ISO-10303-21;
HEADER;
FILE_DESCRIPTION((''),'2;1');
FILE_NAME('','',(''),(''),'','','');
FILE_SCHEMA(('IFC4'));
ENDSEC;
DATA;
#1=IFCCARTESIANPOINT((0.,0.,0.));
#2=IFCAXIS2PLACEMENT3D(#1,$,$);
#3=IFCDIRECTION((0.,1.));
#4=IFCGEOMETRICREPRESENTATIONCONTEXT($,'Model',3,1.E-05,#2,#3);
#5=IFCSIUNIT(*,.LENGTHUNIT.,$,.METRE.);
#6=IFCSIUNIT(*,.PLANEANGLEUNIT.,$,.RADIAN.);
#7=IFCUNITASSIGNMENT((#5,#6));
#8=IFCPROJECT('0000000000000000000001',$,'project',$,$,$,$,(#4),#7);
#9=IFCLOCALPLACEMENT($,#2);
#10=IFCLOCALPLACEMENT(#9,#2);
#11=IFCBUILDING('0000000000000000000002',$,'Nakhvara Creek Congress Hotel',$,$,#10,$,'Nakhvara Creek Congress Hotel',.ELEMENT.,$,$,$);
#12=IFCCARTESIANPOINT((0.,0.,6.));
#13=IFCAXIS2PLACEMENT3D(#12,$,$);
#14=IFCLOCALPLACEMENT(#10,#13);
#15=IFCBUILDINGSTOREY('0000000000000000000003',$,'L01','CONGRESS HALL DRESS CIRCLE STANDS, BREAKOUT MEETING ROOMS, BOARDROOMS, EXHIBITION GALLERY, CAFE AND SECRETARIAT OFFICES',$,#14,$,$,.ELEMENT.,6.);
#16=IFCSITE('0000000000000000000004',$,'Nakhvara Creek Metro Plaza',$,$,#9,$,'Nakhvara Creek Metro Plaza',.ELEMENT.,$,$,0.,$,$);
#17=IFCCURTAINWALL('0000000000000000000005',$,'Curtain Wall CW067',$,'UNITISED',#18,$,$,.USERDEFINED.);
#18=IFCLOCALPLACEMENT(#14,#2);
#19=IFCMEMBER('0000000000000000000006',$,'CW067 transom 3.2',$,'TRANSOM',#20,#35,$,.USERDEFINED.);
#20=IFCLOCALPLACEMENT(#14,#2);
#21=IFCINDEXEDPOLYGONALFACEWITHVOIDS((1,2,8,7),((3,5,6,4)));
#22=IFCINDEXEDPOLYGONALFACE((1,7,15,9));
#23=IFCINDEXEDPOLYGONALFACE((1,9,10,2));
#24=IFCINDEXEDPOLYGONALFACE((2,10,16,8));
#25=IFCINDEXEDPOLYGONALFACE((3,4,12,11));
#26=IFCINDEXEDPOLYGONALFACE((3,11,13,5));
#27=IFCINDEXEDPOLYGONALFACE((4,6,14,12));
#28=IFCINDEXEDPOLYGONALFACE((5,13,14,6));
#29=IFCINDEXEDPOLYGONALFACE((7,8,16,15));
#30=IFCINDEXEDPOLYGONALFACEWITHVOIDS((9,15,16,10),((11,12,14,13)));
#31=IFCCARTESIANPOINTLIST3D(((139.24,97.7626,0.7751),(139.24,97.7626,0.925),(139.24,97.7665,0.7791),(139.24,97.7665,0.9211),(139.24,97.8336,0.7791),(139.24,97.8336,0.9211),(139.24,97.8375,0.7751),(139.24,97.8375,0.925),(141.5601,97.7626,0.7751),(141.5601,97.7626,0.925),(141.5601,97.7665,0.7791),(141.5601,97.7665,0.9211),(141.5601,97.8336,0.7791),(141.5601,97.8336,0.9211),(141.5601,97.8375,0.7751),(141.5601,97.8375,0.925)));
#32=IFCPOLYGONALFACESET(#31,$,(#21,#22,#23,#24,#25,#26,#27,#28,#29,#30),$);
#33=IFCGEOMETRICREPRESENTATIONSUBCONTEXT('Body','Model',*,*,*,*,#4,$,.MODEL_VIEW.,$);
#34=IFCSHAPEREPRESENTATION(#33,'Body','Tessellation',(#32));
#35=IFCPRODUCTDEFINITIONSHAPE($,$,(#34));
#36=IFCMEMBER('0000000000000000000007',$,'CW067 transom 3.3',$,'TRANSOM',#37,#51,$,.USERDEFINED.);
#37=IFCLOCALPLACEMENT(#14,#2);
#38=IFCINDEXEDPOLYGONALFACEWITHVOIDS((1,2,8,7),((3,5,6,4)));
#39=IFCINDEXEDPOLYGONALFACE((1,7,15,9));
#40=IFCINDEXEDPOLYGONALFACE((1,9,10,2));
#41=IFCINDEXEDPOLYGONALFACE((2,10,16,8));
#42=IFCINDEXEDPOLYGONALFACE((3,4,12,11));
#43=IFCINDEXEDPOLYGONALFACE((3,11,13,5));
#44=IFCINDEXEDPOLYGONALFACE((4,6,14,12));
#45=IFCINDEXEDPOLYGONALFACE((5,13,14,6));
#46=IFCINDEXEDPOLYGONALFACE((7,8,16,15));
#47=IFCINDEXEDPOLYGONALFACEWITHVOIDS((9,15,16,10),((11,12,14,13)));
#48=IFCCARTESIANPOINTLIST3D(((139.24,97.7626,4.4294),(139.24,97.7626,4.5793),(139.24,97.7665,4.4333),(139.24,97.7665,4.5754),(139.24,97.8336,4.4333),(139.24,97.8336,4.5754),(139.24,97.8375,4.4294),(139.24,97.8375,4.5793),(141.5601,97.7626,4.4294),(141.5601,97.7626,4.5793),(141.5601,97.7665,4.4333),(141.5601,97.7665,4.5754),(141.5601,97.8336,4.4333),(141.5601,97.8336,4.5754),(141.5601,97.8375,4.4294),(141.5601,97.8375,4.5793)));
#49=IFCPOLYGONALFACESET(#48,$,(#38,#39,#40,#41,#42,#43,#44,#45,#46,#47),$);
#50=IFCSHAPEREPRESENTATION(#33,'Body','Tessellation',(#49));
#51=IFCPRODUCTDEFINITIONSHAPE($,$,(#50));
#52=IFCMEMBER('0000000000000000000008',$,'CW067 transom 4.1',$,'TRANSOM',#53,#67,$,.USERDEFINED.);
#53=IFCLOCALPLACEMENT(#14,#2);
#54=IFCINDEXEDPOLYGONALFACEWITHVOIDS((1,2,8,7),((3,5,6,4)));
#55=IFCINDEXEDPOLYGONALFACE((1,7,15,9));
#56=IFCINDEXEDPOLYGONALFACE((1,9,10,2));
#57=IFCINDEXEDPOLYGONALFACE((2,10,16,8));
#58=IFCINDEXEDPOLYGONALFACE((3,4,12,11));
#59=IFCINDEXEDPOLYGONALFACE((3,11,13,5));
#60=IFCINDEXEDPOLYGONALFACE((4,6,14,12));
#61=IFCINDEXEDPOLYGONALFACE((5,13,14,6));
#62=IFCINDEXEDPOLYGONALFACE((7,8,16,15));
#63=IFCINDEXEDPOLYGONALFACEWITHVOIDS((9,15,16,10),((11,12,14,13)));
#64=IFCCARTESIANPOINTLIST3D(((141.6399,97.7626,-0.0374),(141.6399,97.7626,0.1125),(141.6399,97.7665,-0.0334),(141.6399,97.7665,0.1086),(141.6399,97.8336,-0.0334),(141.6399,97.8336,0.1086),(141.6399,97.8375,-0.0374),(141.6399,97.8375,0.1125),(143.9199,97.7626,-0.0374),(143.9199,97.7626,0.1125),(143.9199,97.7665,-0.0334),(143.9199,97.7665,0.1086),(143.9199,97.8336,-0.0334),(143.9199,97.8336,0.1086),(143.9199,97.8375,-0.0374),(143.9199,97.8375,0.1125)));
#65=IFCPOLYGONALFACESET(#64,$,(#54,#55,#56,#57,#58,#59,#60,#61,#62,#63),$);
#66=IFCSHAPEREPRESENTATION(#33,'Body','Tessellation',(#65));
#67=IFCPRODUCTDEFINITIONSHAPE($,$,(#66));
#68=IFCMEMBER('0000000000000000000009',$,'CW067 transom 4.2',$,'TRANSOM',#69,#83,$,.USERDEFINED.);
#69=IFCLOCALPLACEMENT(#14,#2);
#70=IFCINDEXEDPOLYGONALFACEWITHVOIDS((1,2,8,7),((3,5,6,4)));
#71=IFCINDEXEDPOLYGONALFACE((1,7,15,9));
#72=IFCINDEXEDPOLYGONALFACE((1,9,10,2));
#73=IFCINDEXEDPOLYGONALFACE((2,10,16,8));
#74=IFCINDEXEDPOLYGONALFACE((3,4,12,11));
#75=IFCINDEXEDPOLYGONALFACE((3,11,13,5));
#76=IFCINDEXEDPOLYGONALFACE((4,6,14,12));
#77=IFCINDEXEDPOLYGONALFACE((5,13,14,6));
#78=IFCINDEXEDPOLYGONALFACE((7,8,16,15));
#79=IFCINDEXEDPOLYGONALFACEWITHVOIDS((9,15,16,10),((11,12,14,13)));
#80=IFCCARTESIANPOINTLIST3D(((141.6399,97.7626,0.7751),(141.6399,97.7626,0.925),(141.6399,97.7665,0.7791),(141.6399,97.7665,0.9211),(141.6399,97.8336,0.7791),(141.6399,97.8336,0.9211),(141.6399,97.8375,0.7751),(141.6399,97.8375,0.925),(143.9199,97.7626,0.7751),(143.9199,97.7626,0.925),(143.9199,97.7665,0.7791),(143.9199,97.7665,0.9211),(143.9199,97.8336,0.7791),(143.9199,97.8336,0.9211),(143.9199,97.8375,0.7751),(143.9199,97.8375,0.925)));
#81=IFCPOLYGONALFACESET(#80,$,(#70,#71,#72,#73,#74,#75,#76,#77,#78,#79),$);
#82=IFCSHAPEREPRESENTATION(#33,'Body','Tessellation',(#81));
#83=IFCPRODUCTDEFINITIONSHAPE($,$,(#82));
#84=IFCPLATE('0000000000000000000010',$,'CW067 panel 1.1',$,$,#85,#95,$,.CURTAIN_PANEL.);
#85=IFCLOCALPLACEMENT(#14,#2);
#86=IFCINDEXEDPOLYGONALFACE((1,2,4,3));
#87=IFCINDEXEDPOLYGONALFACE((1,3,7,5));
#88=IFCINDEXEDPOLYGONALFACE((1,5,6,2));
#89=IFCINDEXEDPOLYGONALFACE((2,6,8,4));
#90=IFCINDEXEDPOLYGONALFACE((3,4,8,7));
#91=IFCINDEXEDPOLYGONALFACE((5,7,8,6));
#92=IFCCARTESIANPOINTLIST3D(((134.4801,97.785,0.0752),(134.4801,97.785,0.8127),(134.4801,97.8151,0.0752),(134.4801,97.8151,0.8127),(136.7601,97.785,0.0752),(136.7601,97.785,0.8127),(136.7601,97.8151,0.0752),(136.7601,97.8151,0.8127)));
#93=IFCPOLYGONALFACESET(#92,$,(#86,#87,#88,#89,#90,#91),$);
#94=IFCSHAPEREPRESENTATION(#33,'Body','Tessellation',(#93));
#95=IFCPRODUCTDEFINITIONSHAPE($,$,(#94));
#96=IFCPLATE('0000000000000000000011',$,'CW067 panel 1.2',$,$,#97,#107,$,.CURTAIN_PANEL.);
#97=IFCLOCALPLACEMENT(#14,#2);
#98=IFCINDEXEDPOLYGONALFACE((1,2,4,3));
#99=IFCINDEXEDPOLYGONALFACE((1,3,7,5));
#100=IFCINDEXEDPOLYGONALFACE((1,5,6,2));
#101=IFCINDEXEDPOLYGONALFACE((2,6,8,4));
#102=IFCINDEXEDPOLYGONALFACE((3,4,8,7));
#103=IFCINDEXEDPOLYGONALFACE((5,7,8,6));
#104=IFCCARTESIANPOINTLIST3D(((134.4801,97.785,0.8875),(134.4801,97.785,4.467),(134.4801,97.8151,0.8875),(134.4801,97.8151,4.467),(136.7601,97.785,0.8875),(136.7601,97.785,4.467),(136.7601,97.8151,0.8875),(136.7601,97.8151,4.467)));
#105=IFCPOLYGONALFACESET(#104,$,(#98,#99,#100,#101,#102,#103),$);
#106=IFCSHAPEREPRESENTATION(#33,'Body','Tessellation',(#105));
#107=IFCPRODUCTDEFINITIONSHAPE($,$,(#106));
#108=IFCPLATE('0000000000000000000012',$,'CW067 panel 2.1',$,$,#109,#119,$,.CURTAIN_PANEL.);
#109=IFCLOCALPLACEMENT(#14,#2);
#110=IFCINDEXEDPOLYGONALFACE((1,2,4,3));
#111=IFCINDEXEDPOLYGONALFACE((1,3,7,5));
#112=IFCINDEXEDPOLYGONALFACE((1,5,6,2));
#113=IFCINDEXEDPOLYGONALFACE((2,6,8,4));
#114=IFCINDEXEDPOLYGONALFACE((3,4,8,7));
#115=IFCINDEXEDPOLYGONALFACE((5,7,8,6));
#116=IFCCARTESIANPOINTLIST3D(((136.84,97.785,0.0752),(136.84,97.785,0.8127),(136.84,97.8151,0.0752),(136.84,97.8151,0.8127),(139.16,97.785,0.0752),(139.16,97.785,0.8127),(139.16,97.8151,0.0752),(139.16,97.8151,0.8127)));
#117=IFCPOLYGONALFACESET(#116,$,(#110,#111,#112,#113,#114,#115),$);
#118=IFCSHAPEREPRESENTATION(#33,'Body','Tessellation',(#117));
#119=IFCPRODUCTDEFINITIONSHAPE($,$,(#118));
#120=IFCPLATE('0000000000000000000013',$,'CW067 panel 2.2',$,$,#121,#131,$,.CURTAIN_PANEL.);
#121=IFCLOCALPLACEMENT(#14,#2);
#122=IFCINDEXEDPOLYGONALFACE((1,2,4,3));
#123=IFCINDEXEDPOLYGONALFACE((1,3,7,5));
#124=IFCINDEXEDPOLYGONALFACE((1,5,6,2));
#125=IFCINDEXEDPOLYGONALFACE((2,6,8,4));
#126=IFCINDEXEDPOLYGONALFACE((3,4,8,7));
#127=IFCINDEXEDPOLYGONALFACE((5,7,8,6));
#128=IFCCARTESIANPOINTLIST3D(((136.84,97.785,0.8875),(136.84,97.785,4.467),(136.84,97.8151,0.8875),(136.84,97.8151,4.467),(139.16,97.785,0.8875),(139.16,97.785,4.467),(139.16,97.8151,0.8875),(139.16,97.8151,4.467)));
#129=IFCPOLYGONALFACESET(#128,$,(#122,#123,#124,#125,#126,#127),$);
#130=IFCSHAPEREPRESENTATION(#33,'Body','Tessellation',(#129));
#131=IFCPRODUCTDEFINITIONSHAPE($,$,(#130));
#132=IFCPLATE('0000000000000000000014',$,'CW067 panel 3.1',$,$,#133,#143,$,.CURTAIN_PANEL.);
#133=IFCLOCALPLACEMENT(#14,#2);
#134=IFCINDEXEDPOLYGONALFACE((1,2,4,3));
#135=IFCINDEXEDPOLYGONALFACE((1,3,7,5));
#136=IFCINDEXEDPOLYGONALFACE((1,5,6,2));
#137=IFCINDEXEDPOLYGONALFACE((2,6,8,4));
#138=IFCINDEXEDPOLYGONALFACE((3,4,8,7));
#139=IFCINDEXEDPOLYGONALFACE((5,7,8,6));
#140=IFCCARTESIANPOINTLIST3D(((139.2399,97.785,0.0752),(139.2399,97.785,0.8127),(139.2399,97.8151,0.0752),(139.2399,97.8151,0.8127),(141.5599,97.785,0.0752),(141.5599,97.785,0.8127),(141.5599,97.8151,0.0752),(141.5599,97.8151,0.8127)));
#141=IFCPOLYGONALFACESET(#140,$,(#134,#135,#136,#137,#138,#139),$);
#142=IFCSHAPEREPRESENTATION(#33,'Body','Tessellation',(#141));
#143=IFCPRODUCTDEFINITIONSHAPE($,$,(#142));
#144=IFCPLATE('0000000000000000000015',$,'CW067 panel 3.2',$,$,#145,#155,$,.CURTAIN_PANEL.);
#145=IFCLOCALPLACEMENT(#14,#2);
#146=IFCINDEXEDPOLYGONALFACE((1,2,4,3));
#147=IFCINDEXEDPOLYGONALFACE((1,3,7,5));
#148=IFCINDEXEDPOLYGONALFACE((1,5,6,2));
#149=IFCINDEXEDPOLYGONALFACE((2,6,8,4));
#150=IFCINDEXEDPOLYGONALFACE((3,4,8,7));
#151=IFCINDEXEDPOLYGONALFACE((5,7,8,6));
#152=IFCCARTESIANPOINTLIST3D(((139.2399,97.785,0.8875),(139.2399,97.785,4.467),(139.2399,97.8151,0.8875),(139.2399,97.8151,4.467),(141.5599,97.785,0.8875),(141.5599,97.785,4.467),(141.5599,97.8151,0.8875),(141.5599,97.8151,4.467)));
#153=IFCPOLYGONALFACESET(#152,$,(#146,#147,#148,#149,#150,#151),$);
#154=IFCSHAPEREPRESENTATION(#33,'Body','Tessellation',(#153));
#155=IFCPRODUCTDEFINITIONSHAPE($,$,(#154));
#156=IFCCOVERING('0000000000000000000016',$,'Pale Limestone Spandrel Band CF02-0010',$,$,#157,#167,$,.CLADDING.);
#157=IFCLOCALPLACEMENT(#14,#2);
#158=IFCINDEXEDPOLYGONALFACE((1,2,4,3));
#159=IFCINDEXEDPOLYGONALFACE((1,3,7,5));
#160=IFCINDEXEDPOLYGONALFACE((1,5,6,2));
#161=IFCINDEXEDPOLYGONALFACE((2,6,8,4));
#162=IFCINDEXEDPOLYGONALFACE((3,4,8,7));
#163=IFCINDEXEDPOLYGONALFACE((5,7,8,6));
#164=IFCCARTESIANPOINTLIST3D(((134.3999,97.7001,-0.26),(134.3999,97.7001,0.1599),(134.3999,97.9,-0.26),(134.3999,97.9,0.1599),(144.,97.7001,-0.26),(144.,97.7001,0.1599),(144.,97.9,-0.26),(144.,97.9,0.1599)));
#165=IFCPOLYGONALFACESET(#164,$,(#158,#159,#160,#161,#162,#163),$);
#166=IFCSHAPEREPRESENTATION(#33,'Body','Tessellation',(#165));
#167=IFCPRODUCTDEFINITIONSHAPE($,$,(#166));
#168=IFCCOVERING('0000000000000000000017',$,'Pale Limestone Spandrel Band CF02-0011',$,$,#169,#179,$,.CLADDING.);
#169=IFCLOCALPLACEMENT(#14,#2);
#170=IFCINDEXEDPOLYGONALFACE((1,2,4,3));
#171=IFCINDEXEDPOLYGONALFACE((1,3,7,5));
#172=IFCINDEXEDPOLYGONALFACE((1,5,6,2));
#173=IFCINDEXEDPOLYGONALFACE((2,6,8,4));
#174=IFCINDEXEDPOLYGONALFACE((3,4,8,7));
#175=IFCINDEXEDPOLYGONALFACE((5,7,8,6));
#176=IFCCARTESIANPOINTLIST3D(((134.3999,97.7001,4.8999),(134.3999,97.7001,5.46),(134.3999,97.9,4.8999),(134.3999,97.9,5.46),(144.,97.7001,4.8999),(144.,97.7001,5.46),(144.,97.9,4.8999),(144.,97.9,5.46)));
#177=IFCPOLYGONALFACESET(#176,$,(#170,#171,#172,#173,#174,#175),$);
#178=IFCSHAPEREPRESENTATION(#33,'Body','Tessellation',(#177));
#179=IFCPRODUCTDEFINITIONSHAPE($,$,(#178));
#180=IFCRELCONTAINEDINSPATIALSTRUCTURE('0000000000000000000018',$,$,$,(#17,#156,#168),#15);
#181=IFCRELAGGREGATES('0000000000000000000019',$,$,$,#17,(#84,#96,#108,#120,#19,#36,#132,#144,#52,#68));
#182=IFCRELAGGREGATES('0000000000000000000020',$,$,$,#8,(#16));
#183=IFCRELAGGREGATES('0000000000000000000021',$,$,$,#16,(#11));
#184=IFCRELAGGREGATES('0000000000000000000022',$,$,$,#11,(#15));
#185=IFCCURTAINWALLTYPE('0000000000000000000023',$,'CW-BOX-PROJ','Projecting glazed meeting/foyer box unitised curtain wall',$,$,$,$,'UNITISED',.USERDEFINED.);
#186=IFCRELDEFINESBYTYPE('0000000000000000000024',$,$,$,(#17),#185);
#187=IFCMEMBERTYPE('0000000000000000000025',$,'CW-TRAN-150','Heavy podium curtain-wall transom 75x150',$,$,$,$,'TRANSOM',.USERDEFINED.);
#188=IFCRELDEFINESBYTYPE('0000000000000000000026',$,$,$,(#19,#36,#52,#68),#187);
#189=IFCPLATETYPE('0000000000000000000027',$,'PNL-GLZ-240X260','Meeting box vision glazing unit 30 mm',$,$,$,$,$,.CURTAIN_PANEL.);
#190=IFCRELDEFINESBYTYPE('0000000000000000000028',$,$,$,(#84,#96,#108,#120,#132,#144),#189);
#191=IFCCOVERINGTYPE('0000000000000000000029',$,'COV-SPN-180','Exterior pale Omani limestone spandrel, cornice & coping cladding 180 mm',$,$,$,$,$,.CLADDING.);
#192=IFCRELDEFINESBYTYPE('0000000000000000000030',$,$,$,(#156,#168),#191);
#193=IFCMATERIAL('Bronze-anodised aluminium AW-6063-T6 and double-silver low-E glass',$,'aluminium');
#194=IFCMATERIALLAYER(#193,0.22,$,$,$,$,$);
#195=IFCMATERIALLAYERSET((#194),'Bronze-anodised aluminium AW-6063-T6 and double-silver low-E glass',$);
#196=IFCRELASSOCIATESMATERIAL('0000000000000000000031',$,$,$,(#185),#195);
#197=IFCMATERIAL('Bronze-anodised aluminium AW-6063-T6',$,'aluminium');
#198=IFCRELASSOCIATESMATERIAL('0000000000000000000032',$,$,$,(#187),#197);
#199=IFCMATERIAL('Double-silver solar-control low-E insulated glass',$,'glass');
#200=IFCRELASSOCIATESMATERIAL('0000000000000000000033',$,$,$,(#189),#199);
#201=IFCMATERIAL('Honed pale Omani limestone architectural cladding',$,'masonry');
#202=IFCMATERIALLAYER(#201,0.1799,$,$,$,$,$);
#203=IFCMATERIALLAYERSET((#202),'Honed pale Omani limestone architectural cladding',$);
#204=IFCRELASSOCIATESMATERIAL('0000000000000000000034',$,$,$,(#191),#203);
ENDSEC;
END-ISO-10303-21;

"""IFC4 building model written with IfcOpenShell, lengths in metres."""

from ifc_helpers import new_model, si_unit, direction, frame, origin, origin_2d, place, context, subcontext, project, spatial, rectangle, hollow_rectangle, extrude, material, layer, layer_set, material_profile, profile_set, type_object, element, aggregate, save


model = new_model("IFC4")

# Units and contexts
model_context = context("Model", 3, precision=1e-05, world=origin(), true_north=direction((0.0, 1.0)))
body_context = subcontext(model_context, "Body", "Model", "MODEL_VIEW")
ifc_project = project(units=[si_unit("LENGTHUNIT", "METRE"), si_unit("PLANEANGLEUNIT", "RADIAN")], contexts=[model_context])

# Site, building, storey
site_placement = place(None, origin())
site = spatial("IfcSite", under=ifc_project, at=site_placement, Name="Nakhvara Creek Metro Plaza", LongName="Nakhvara Creek Metro Plaza", CompositionType="ELEMENT", RefElevation=0.0)
building_placement = place(site_placement, origin())
building = spatial("IfcBuilding", under=site, at=building_placement, Name="Nakhvara Creek Congress Hotel", LongName="Nakhvara Creek Congress Hotel", CompositionType="ELEMENT")
storey_placement = place(building_placement, frame((0.0, 0.0, 6.0)))
storey = spatial("IfcBuildingStorey", under=building, at=storey_placement, Name="L01", Description="CONGRESS HALL DRESS CIRCLE STANDS, BREAKOUT MEETING ROOMS, BOARDROOMS, EXHIBITION GALLERY, CAFE AND SECRETARIAT OFFICES", CompositionType="ELEMENT", Elevation=6.0)

# Curtain wall, members, plates
ifc_material_1 = material(Name="Bronze-anodised aluminium AW-6063-T6 and double-silver low-E glass", Category="aluminium")
ifc_layer_1 = layer(ifc_material_1, 0.22)
ifc_layer_set_1 = layer_set([ifc_layer_1], Name="Bronze-anodised aluminium AW-6063-T6 and double-silver low-E glass")
curtain_wall_type = type_object("IfcCurtainWallType", Name="CW-BOX-PROJ", Description="Projecting glazed meeting/foyer box unitised curtain wall", ElementType="UNITISED", PredefinedType="USERDEFINED", material=ifc_layer_set_1)
curtain_wall_placement = place(storey_placement, origin())
curtain_wall = element("IfcCurtainWall", 1, at=curtain_wall_placement, inside=storey, type_object=curtain_wall_type, Name="Curtain Wall CW067", ObjectType="UNITISED", PredefinedType="USERDEFINED")
ifc_material_2 = material(Name="Bronze-anodised aluminium AW-6063-T6", Category="aluminium")
ifc_material_profile_1 = material_profile(ifc_material_2, hollow_rectangle(XDim=0.075, YDim=0.1499, WallThickness=0.0039, at=origin_2d()), Name="ALU-TRAN 75x150x4", Category="LoadBearing")
ifc_profile_set_1 = profile_set([ifc_material_profile_1], Name="Bronze-anodised aluminium AW-6063-T6")
member_type_1 = type_object("IfcMemberType", Name="CW-TRAN-150", Description="Heavy podium curtain-wall transom 75x150", ElementType="TRANSOM", PredefinedType="USERDEFINED", material=ifc_profile_set_1)
member_1_placement = place(storey_placement, frame((139.24, 97.8, 0.8501), z_axis=(1.0, 0.0, 0.0), x_axis=(0.0, 1.0, 0.0)))
member_1 = element("IfcMember", 2, at=member_1_placement, type_object=member_type_1, Name="CW067 transom 3.2", ObjectType="TRANSOM", PredefinedType="USERDEFINED", context=body_context, shape_type="SweptSolid", body=[
    extrude(hollow_rectangle(XDim=0.075, YDim=0.1499, WallThickness=0.0039, at=origin_2d()), origin(), (0.0, 0.0, 1.0), 2.3201),
])
member_2_placement = place(storey_placement, frame((139.24, 97.8, 4.5044), z_axis=(1.0, 0.0, 0.0), x_axis=(0.0, 1.0, 0.0)))
member_2 = element("IfcMember", 3, at=member_2_placement, type_object=member_type_1, Name="CW067 transom 3.3", ObjectType="TRANSOM", PredefinedType="USERDEFINED", context=body_context, shape_type="SweptSolid", body=[
    extrude(hollow_rectangle(XDim=0.075, YDim=0.1499, WallThickness=0.0039, at=origin_2d()), origin(), (0.0, 0.0, 1.0), 2.3201),
])
member_3_placement = place(storey_placement, frame((141.6399, 97.8, 0.0376), z_axis=(1.0, 0.0, 0.0), x_axis=(0.0, 1.0, 0.0)))
member_3 = element("IfcMember", 4, at=member_3_placement, type_object=member_type_1, Name="CW067 transom 4.1", ObjectType="TRANSOM", PredefinedType="USERDEFINED", context=body_context, shape_type="SweptSolid", body=[
    extrude(hollow_rectangle(XDim=0.075, YDim=0.1499, WallThickness=0.0039, at=origin_2d()), origin(), (0.0, 0.0, 1.0), 2.28),
])
member_4_placement = place(storey_placement, frame((141.6399, 97.8, 0.8501), z_axis=(1.0, 0.0, 0.0), x_axis=(0.0, 1.0, 0.0)))
member_4 = element("IfcMember", 5, at=member_4_placement, type_object=member_type_1, Name="CW067 transom 4.2", ObjectType="TRANSOM", PredefinedType="USERDEFINED", context=body_context, shape_type="SweptSolid", body=[
    extrude(hollow_rectangle(XDim=0.075, YDim=0.1499, WallThickness=0.0039, at=origin_2d()), origin(), (0.0, 0.0, 1.0), 2.28),
])
ifc_material_3 = material(Name="Double-silver solar-control low-E insulated glass", Category="glass")
plate_type = type_object("IfcPlateType", Name="PNL-GLZ-240X260", Description="Meeting box vision glazing unit 30 mm", PredefinedType="CURTAIN_PANEL", material=ifc_material_3)
plate_1_placement = place(storey_placement, frame((135.6201, 97.8, 0.0752), z_axis=(0.0, 0.0, 1.0), x_axis=(1.0, 0.0, 0.0)))
plate_1 = element("IfcPlate", 6, at=plate_1_placement, type_object=plate_type, Name="CW067 panel 1.1", PredefinedType="CURTAIN_PANEL", context=body_context, shape_type="SweptSolid", body=[
    extrude(rectangle(XDim=2.28, YDim=0.03, at=origin_2d()), origin(), (0.0, 0.0, 1.0), 0.7375),
])
plate_2_placement = place(storey_placement, frame((135.6201, 97.8, 0.8875), z_axis=(0.0, 0.0, 1.0), x_axis=(1.0, 0.0, 0.0)))
plate_2 = element("IfcPlate", 7, at=plate_2_placement, type_object=plate_type, Name="CW067 panel 1.2", PredefinedType="CURTAIN_PANEL", context=body_context, shape_type="SweptSolid", body=[
    extrude(rectangle(XDim=2.28, YDim=0.03, at=origin_2d()), origin(), (0.0, 0.0, 1.0), 3.5796),
])
plate_3_placement = place(storey_placement, frame((138.0, 97.8, 0.0752), z_axis=(0.0, 0.0, 1.0), x_axis=(1.0, 0.0, 0.0)))
plate_3 = element("IfcPlate", 8, at=plate_3_placement, type_object=plate_type, Name="CW067 panel 2.1", PredefinedType="CURTAIN_PANEL", context=body_context, shape_type="SweptSolid", body=[
    extrude(rectangle(XDim=2.3201, YDim=0.03, at=origin_2d()), origin(), (0.0, 0.0, 1.0), 0.7375),
])
plate_4_placement = place(storey_placement, frame((138.0, 97.8, 0.8875), z_axis=(0.0, 0.0, 1.0), x_axis=(1.0, 0.0, 0.0)))
plate_4 = element("IfcPlate", 9, at=plate_4_placement, type_object=plate_type, Name="CW067 panel 2.2", PredefinedType="CURTAIN_PANEL", context=body_context, shape_type="SweptSolid", body=[
    extrude(rectangle(XDim=2.3201, YDim=0.03, at=origin_2d()), origin(), (0.0, 0.0, 1.0), 3.5796),
])
plate_5_placement = place(storey_placement, frame((140.3999, 97.8, 0.0752), z_axis=(0.0, 0.0, 1.0), x_axis=(1.0, 0.0, 0.0)))
plate_5 = element("IfcPlate", 10, at=plate_5_placement, type_object=plate_type, Name="CW067 panel 3.1", PredefinedType="CURTAIN_PANEL", context=body_context, shape_type="SweptSolid", body=[
    extrude(rectangle(XDim=2.3201, YDim=0.03, at=origin_2d()), origin(), (0.0, 0.0, 1.0), 0.7375),
])
plate_6_placement = place(storey_placement, frame((140.3999, 97.8, 0.8875), z_axis=(0.0, 0.0, 1.0), x_axis=(1.0, 0.0, 0.0)))
plate_6 = element("IfcPlate", 11, at=plate_6_placement, type_object=plate_type, Name="CW067 panel 3.2", PredefinedType="CURTAIN_PANEL", context=body_context, shape_type="SweptSolid", body=[
    extrude(rectangle(XDim=2.3201, YDim=0.03, at=origin_2d()), origin(), (0.0, 0.0, 1.0), 3.5796),
])
aggregate(curtain_wall, [plate_1, plate_2, plate_3, plate_4, member_1, member_2, plate_5, plate_6, member_3, member_4])

# Coverings
ifc_material_4 = material(Name="Honed pale Omani limestone architectural cladding", Category="masonry")
ifc_layer_2 = layer(ifc_material_4, 0.1799)
ifc_layer_set_2 = layer_set([ifc_layer_2], Name="Honed pale Omani limestone architectural cladding")
covering_type = type_object("IfcCoveringType", Name="COV-SPN-180", Description="Exterior pale Omani limestone spandrel, cornice & coping cladding 180 mm", PredefinedType="CLADDING", material=ifc_layer_set_2)
covering_1_placement = place(storey_placement, frame((139.2, 97.8, -0.26), z_axis=(0.0, 0.0, 1.0), x_axis=(1.0, 0.0, 0.0)))
element("IfcCovering", 12, at=covering_1_placement, inside=storey, type_object=covering_type, Name="Pale Limestone Spandrel Band CF02-0010", PredefinedType="CLADDING", context=body_context, shape_type="SweptSolid", body=[
    extrude(rectangle(XDim=9.6001, YDim=0.2, at=origin_2d()), origin(), (0.0, 0.0, 1.0), 0.4199),
])
covering_2_placement = place(storey_placement, frame((139.2, 97.8, 4.8999), z_axis=(0.0, 0.0, 1.0), x_axis=(1.0, 0.0, 0.0)))
element("IfcCovering", 13, at=covering_2_placement, inside=storey, type_object=covering_type, Name="Pale Limestone Spandrel Band CF02-0011", PredefinedType="CLADDING", context=body_context, shape_type="SweptSolid", body=[
    extrude(rectangle(XDim=9.6001, YDim=0.2, at=origin_2d()), origin(), (0.0, 0.0, 1.0), 0.5601),
])

save(model, "model.ifc")
